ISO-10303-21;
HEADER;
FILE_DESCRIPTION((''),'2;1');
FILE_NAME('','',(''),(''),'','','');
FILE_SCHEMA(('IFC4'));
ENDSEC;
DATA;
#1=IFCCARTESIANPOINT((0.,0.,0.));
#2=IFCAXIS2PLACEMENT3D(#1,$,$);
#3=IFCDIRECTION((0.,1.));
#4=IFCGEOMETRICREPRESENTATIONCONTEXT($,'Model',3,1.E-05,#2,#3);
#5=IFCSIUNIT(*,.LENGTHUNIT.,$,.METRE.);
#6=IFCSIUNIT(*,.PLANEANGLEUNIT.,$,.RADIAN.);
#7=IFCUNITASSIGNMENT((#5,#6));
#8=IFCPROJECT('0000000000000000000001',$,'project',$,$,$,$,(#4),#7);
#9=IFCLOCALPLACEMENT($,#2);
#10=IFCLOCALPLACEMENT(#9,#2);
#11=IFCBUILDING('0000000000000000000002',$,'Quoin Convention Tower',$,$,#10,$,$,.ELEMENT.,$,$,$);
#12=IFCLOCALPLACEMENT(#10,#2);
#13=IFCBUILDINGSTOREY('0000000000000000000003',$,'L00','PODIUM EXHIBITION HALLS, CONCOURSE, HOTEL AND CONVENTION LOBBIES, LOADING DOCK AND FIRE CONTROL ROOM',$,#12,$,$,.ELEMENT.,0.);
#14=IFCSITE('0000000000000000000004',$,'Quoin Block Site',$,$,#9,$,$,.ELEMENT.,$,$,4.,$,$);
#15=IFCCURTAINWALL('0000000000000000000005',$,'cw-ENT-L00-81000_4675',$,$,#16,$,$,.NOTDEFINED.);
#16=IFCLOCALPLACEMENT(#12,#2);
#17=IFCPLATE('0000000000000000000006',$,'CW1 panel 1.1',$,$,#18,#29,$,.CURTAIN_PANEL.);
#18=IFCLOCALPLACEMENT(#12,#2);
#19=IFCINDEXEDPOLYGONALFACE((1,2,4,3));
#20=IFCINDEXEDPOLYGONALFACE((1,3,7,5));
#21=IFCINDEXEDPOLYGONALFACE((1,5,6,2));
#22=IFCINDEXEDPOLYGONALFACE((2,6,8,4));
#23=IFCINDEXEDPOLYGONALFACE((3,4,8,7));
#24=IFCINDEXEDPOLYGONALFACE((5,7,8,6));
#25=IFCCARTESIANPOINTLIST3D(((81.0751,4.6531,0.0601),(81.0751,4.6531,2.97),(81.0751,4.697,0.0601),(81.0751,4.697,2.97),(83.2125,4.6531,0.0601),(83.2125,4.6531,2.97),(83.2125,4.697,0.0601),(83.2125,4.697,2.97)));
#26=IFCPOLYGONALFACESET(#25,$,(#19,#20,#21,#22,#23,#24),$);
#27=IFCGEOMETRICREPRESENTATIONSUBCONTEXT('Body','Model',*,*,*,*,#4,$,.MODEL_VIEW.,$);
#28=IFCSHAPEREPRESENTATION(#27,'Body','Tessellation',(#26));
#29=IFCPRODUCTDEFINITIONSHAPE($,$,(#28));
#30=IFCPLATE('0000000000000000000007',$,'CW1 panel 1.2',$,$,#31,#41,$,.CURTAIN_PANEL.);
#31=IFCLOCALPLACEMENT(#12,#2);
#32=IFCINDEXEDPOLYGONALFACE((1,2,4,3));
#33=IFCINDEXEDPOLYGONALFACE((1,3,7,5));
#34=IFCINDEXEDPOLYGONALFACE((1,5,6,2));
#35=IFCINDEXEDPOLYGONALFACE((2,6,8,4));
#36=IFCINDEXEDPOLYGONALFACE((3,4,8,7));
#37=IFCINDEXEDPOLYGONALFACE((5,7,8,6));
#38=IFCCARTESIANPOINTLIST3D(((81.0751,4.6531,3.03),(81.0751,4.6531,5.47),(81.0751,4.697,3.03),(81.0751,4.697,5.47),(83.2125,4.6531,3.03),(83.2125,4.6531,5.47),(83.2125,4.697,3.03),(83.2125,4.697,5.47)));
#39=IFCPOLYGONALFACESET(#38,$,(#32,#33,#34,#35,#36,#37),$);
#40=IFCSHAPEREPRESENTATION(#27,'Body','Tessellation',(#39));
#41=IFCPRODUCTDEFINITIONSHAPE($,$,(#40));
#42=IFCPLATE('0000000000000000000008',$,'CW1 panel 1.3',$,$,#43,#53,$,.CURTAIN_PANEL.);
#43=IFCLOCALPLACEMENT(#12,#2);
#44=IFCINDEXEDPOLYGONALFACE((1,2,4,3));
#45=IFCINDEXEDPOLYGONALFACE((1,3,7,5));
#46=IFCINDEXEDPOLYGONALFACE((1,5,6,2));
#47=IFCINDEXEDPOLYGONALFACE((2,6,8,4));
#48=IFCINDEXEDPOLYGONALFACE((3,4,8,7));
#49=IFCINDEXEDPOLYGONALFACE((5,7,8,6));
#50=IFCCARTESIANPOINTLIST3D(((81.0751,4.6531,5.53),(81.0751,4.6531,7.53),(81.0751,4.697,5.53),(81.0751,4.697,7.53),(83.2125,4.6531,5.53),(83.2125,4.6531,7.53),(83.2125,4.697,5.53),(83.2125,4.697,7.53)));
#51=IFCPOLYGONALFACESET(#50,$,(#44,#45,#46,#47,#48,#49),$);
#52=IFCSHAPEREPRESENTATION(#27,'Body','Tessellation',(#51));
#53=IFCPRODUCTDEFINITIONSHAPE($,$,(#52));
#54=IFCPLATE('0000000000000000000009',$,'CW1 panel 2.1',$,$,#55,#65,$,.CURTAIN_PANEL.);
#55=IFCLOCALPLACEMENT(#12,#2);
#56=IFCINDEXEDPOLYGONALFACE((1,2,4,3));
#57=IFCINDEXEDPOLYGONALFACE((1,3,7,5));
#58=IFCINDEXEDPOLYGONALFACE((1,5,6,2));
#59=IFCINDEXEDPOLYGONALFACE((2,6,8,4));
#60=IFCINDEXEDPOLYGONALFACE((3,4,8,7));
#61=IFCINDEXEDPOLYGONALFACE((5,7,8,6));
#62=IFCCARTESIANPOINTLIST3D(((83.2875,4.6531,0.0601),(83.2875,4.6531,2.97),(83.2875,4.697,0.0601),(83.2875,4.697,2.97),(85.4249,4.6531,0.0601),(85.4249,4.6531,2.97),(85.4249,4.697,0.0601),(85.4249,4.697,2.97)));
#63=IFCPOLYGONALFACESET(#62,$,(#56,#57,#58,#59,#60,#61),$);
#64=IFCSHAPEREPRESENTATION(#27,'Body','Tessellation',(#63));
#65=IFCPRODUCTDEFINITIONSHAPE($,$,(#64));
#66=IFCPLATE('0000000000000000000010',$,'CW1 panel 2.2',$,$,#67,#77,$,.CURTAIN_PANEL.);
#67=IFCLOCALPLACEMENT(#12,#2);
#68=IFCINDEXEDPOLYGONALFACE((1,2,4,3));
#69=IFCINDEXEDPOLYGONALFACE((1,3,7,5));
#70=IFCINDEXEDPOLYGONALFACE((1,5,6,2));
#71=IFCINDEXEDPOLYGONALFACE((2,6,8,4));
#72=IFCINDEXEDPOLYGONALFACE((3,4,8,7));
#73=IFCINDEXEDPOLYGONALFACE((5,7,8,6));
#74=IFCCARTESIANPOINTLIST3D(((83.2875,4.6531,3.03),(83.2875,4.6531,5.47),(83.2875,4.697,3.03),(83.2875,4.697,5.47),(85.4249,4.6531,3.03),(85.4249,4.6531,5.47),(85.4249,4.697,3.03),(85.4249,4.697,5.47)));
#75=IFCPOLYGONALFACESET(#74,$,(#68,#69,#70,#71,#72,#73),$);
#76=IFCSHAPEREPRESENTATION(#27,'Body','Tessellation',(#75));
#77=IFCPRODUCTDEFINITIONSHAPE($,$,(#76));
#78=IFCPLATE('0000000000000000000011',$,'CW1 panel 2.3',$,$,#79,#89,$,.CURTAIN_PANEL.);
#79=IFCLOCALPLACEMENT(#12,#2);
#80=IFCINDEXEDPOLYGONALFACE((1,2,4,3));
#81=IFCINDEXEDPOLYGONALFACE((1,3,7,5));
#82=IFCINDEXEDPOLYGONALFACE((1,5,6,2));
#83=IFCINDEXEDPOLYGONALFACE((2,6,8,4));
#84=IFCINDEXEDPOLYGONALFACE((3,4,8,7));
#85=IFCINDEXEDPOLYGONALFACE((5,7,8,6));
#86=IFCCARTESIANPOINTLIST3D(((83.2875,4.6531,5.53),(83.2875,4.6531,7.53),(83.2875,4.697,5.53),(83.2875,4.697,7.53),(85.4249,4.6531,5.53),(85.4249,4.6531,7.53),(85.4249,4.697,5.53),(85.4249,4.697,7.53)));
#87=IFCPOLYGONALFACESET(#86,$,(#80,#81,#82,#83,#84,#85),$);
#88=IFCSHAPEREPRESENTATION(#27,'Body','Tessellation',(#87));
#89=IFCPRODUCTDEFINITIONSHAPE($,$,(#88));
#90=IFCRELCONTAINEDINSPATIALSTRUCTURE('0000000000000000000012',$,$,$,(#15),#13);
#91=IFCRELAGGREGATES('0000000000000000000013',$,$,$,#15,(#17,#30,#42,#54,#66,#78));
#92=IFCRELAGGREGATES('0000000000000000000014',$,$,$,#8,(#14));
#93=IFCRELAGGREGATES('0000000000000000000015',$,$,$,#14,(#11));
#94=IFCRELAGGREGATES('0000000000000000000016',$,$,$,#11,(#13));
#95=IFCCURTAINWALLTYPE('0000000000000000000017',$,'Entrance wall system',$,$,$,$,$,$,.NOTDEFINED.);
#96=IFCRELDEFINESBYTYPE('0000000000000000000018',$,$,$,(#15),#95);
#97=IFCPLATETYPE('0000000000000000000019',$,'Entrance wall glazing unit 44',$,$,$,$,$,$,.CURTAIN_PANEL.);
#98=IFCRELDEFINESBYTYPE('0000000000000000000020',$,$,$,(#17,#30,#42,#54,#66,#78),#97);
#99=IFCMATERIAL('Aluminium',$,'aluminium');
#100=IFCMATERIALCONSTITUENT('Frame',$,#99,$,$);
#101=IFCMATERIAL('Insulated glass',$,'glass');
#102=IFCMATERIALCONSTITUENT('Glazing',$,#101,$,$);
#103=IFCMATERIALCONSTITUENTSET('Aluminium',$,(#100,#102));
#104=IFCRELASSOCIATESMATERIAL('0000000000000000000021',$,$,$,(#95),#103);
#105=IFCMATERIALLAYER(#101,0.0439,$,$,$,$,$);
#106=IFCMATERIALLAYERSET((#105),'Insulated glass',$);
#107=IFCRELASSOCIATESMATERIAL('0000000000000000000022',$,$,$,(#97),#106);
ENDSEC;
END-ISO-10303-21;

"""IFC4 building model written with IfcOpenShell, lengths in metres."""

from ifc_helpers import new_model, si_unit, direction, frame, origin, origin_2d, place, context, subcontext, project, spatial, rectangle, extrude, material, layer, layer_set, constituent, constituent_set, type_object, element, aggregate, save


model = new_model("IFC4")

# Units and contexts
model_context = context("Model", 3, precision=1e-05, world=origin(), true_north=direction((0.0, 1.0)))
body_context = subcontext(model_context, "Body", "Model", "MODEL_VIEW")
ifc_project = project(units=[si_unit("LENGTHUNIT", "METRE"), si_unit("PLANEANGLEUNIT", "RADIAN")], contexts=[model_context])

# Site, building, storey
site_placement = place(None, origin())
site = spatial("IfcSite", under=ifc_project, at=site_placement, Name="Quoin Block Site", CompositionType="ELEMENT", RefElevation=4.0)
building_placement = place(site_placement, origin())
building = spatial("IfcBuilding", under=site, at=building_placement, Name="Quoin Convention Tower", CompositionType="ELEMENT")
storey_placement = place(building_placement, origin())
storey = spatial("IfcBuildingStorey", under=building, at=storey_placement, Name="L00", Description="PODIUM EXHIBITION HALLS, CONCOURSE, HOTEL AND CONVENTION LOBBIES, LOADING DOCK AND FIRE CONTROL ROOM", CompositionType="ELEMENT", Elevation=0.0)

# Curtain wall
ifc_material_1 = material(Name="Aluminium", Category="aluminium")
ifc_constituent_1 = constituent(ifc_material_1, Name="Frame")
ifc_material_2 = material(Name="Insulated glass", Category="glass")
ifc_constituent_2 = constituent(ifc_material_2, Name="Glazing")
ifc_constituent_set = constituent_set(constituents=[ifc_constituent_1, ifc_constituent_2], Name="Aluminium")
curtain_wall_type = type_object("IfcCurtainWallType", Name="Entrance wall system", PredefinedType="NOTDEFINED", material=ifc_constituent_set)
curtain_wall_1_placement = place(storey_placement, origin())
curtain_wall_1 = element("IfcCurtainWall", 1, at=curtain_wall_1_placement, inside=storey, type_object=curtain_wall_type, Name="cw-ENT-L00-81000_4675", PredefinedType="NOTDEFINED")

# Plates
ifc_layer_1 = layer(ifc_material_2, 0.0439)
ifc_layer_set_1 = layer_set([ifc_layer_1], Name="Insulated glass")
plate_type = type_object("IfcPlateType", Name="Entrance wall glazing unit 44", PredefinedType="CURTAIN_PANEL", material=ifc_layer_set_1)
plate_1_placement = place(storey_placement, frame((82.1438, 4.675, 0.0601), z_axis=(0.0, 0.0, 1.0), x_axis=(1.0, 0.0, 0.0)))
plate_1 = element("IfcPlate", 2, at=plate_1_placement, type_object=plate_type, Name="CW1 panel 1.1", PredefinedType="CURTAIN_PANEL", context=body_context, shape_type="SweptSolid", body=[
    extrude(rectangle(XDim=2.1375, YDim=0.0439, at=origin_2d()), origin(), (0.0, 0.0, 1.0), 2.9099),
])
plate_2_placement = place(storey_placement, frame((82.1438, 4.675, 3.03), z_axis=(0.0, 0.0, 1.0), x_axis=(1.0, 0.0, 0.0)))
plate_2 = element("IfcPlate", 3, at=plate_2_placement, type_object=plate_type, Name="CW1 panel 1.2", PredefinedType="CURTAIN_PANEL", context=body_context, shape_type="SweptSolid", body=[
    extrude(rectangle(XDim=2.1375, YDim=0.0439, at=origin_2d()), origin(), (0.0, 0.0, 1.0), 2.4399),
])
plate_3_placement = place(storey_placement, frame((82.1438, 4.675, 5.53), z_axis=(0.0, 0.0, 1.0), x_axis=(1.0, 0.0, 0.0)))
plate_3 = element("IfcPlate", 4, at=plate_3_placement, type_object=plate_type, Name="CW1 panel 1.3", PredefinedType="CURTAIN_PANEL", context=body_context, shape_type="SweptSolid", body=[
    extrude(rectangle(XDim=2.1375, YDim=0.0439, at=origin_2d()), origin(), (0.0, 0.0, 1.0), 2.0),
])
plate_4_placement = place(storey_placement, frame((84.3562, 4.675, 0.0601), z_axis=(0.0, 0.0, 1.0), x_axis=(1.0, 0.0, 0.0)))
plate_4 = element("IfcPlate", 5, at=plate_4_placement, type_object=plate_type, Name="CW1 panel 2.1", PredefinedType="CURTAIN_PANEL", context=body_context, shape_type="SweptSolid", body=[
    extrude(rectangle(XDim=2.1375, YDim=0.0439, at=origin_2d()), origin(), (0.0, 0.0, 1.0), 2.9099),
])
plate_5_placement = place(storey_placement, frame((84.3562, 4.675, 3.03), z_axis=(0.0, 0.0, 1.0), x_axis=(1.0, 0.0, 0.0)))
plate_5 = element("IfcPlate", 6, at=plate_5_placement, type_object=plate_type, Name="CW1 panel 2.2", PredefinedType="CURTAIN_PANEL", context=body_context, shape_type="SweptSolid", body=[
    extrude(rectangle(XDim=2.1375, YDim=0.0439, at=origin_2d()), origin(), (0.0, 0.0, 1.0), 2.4399),
])
plate_6_placement = place(storey_placement, frame((84.3562, 4.675, 5.53), z_axis=(0.0, 0.0, 1.0), x_axis=(1.0, 0.0, 0.0)))
plate_6 = element("IfcPlate", 7, at=plate_6_placement, type_object=plate_type, Name="CW1 panel 2.3", PredefinedType="CURTAIN_PANEL", context=body_context, shape_type="SweptSolid", body=[
    extrude(rectangle(XDim=2.1375, YDim=0.0439, at=origin_2d()), origin(), (0.0, 0.0, 1.0), 2.0),
])
aggregate(curtain_wall_1, [plate_1, plate_2, plate_3, plate_4, plate_5, plate_6])

save(model, "model.ifc")
